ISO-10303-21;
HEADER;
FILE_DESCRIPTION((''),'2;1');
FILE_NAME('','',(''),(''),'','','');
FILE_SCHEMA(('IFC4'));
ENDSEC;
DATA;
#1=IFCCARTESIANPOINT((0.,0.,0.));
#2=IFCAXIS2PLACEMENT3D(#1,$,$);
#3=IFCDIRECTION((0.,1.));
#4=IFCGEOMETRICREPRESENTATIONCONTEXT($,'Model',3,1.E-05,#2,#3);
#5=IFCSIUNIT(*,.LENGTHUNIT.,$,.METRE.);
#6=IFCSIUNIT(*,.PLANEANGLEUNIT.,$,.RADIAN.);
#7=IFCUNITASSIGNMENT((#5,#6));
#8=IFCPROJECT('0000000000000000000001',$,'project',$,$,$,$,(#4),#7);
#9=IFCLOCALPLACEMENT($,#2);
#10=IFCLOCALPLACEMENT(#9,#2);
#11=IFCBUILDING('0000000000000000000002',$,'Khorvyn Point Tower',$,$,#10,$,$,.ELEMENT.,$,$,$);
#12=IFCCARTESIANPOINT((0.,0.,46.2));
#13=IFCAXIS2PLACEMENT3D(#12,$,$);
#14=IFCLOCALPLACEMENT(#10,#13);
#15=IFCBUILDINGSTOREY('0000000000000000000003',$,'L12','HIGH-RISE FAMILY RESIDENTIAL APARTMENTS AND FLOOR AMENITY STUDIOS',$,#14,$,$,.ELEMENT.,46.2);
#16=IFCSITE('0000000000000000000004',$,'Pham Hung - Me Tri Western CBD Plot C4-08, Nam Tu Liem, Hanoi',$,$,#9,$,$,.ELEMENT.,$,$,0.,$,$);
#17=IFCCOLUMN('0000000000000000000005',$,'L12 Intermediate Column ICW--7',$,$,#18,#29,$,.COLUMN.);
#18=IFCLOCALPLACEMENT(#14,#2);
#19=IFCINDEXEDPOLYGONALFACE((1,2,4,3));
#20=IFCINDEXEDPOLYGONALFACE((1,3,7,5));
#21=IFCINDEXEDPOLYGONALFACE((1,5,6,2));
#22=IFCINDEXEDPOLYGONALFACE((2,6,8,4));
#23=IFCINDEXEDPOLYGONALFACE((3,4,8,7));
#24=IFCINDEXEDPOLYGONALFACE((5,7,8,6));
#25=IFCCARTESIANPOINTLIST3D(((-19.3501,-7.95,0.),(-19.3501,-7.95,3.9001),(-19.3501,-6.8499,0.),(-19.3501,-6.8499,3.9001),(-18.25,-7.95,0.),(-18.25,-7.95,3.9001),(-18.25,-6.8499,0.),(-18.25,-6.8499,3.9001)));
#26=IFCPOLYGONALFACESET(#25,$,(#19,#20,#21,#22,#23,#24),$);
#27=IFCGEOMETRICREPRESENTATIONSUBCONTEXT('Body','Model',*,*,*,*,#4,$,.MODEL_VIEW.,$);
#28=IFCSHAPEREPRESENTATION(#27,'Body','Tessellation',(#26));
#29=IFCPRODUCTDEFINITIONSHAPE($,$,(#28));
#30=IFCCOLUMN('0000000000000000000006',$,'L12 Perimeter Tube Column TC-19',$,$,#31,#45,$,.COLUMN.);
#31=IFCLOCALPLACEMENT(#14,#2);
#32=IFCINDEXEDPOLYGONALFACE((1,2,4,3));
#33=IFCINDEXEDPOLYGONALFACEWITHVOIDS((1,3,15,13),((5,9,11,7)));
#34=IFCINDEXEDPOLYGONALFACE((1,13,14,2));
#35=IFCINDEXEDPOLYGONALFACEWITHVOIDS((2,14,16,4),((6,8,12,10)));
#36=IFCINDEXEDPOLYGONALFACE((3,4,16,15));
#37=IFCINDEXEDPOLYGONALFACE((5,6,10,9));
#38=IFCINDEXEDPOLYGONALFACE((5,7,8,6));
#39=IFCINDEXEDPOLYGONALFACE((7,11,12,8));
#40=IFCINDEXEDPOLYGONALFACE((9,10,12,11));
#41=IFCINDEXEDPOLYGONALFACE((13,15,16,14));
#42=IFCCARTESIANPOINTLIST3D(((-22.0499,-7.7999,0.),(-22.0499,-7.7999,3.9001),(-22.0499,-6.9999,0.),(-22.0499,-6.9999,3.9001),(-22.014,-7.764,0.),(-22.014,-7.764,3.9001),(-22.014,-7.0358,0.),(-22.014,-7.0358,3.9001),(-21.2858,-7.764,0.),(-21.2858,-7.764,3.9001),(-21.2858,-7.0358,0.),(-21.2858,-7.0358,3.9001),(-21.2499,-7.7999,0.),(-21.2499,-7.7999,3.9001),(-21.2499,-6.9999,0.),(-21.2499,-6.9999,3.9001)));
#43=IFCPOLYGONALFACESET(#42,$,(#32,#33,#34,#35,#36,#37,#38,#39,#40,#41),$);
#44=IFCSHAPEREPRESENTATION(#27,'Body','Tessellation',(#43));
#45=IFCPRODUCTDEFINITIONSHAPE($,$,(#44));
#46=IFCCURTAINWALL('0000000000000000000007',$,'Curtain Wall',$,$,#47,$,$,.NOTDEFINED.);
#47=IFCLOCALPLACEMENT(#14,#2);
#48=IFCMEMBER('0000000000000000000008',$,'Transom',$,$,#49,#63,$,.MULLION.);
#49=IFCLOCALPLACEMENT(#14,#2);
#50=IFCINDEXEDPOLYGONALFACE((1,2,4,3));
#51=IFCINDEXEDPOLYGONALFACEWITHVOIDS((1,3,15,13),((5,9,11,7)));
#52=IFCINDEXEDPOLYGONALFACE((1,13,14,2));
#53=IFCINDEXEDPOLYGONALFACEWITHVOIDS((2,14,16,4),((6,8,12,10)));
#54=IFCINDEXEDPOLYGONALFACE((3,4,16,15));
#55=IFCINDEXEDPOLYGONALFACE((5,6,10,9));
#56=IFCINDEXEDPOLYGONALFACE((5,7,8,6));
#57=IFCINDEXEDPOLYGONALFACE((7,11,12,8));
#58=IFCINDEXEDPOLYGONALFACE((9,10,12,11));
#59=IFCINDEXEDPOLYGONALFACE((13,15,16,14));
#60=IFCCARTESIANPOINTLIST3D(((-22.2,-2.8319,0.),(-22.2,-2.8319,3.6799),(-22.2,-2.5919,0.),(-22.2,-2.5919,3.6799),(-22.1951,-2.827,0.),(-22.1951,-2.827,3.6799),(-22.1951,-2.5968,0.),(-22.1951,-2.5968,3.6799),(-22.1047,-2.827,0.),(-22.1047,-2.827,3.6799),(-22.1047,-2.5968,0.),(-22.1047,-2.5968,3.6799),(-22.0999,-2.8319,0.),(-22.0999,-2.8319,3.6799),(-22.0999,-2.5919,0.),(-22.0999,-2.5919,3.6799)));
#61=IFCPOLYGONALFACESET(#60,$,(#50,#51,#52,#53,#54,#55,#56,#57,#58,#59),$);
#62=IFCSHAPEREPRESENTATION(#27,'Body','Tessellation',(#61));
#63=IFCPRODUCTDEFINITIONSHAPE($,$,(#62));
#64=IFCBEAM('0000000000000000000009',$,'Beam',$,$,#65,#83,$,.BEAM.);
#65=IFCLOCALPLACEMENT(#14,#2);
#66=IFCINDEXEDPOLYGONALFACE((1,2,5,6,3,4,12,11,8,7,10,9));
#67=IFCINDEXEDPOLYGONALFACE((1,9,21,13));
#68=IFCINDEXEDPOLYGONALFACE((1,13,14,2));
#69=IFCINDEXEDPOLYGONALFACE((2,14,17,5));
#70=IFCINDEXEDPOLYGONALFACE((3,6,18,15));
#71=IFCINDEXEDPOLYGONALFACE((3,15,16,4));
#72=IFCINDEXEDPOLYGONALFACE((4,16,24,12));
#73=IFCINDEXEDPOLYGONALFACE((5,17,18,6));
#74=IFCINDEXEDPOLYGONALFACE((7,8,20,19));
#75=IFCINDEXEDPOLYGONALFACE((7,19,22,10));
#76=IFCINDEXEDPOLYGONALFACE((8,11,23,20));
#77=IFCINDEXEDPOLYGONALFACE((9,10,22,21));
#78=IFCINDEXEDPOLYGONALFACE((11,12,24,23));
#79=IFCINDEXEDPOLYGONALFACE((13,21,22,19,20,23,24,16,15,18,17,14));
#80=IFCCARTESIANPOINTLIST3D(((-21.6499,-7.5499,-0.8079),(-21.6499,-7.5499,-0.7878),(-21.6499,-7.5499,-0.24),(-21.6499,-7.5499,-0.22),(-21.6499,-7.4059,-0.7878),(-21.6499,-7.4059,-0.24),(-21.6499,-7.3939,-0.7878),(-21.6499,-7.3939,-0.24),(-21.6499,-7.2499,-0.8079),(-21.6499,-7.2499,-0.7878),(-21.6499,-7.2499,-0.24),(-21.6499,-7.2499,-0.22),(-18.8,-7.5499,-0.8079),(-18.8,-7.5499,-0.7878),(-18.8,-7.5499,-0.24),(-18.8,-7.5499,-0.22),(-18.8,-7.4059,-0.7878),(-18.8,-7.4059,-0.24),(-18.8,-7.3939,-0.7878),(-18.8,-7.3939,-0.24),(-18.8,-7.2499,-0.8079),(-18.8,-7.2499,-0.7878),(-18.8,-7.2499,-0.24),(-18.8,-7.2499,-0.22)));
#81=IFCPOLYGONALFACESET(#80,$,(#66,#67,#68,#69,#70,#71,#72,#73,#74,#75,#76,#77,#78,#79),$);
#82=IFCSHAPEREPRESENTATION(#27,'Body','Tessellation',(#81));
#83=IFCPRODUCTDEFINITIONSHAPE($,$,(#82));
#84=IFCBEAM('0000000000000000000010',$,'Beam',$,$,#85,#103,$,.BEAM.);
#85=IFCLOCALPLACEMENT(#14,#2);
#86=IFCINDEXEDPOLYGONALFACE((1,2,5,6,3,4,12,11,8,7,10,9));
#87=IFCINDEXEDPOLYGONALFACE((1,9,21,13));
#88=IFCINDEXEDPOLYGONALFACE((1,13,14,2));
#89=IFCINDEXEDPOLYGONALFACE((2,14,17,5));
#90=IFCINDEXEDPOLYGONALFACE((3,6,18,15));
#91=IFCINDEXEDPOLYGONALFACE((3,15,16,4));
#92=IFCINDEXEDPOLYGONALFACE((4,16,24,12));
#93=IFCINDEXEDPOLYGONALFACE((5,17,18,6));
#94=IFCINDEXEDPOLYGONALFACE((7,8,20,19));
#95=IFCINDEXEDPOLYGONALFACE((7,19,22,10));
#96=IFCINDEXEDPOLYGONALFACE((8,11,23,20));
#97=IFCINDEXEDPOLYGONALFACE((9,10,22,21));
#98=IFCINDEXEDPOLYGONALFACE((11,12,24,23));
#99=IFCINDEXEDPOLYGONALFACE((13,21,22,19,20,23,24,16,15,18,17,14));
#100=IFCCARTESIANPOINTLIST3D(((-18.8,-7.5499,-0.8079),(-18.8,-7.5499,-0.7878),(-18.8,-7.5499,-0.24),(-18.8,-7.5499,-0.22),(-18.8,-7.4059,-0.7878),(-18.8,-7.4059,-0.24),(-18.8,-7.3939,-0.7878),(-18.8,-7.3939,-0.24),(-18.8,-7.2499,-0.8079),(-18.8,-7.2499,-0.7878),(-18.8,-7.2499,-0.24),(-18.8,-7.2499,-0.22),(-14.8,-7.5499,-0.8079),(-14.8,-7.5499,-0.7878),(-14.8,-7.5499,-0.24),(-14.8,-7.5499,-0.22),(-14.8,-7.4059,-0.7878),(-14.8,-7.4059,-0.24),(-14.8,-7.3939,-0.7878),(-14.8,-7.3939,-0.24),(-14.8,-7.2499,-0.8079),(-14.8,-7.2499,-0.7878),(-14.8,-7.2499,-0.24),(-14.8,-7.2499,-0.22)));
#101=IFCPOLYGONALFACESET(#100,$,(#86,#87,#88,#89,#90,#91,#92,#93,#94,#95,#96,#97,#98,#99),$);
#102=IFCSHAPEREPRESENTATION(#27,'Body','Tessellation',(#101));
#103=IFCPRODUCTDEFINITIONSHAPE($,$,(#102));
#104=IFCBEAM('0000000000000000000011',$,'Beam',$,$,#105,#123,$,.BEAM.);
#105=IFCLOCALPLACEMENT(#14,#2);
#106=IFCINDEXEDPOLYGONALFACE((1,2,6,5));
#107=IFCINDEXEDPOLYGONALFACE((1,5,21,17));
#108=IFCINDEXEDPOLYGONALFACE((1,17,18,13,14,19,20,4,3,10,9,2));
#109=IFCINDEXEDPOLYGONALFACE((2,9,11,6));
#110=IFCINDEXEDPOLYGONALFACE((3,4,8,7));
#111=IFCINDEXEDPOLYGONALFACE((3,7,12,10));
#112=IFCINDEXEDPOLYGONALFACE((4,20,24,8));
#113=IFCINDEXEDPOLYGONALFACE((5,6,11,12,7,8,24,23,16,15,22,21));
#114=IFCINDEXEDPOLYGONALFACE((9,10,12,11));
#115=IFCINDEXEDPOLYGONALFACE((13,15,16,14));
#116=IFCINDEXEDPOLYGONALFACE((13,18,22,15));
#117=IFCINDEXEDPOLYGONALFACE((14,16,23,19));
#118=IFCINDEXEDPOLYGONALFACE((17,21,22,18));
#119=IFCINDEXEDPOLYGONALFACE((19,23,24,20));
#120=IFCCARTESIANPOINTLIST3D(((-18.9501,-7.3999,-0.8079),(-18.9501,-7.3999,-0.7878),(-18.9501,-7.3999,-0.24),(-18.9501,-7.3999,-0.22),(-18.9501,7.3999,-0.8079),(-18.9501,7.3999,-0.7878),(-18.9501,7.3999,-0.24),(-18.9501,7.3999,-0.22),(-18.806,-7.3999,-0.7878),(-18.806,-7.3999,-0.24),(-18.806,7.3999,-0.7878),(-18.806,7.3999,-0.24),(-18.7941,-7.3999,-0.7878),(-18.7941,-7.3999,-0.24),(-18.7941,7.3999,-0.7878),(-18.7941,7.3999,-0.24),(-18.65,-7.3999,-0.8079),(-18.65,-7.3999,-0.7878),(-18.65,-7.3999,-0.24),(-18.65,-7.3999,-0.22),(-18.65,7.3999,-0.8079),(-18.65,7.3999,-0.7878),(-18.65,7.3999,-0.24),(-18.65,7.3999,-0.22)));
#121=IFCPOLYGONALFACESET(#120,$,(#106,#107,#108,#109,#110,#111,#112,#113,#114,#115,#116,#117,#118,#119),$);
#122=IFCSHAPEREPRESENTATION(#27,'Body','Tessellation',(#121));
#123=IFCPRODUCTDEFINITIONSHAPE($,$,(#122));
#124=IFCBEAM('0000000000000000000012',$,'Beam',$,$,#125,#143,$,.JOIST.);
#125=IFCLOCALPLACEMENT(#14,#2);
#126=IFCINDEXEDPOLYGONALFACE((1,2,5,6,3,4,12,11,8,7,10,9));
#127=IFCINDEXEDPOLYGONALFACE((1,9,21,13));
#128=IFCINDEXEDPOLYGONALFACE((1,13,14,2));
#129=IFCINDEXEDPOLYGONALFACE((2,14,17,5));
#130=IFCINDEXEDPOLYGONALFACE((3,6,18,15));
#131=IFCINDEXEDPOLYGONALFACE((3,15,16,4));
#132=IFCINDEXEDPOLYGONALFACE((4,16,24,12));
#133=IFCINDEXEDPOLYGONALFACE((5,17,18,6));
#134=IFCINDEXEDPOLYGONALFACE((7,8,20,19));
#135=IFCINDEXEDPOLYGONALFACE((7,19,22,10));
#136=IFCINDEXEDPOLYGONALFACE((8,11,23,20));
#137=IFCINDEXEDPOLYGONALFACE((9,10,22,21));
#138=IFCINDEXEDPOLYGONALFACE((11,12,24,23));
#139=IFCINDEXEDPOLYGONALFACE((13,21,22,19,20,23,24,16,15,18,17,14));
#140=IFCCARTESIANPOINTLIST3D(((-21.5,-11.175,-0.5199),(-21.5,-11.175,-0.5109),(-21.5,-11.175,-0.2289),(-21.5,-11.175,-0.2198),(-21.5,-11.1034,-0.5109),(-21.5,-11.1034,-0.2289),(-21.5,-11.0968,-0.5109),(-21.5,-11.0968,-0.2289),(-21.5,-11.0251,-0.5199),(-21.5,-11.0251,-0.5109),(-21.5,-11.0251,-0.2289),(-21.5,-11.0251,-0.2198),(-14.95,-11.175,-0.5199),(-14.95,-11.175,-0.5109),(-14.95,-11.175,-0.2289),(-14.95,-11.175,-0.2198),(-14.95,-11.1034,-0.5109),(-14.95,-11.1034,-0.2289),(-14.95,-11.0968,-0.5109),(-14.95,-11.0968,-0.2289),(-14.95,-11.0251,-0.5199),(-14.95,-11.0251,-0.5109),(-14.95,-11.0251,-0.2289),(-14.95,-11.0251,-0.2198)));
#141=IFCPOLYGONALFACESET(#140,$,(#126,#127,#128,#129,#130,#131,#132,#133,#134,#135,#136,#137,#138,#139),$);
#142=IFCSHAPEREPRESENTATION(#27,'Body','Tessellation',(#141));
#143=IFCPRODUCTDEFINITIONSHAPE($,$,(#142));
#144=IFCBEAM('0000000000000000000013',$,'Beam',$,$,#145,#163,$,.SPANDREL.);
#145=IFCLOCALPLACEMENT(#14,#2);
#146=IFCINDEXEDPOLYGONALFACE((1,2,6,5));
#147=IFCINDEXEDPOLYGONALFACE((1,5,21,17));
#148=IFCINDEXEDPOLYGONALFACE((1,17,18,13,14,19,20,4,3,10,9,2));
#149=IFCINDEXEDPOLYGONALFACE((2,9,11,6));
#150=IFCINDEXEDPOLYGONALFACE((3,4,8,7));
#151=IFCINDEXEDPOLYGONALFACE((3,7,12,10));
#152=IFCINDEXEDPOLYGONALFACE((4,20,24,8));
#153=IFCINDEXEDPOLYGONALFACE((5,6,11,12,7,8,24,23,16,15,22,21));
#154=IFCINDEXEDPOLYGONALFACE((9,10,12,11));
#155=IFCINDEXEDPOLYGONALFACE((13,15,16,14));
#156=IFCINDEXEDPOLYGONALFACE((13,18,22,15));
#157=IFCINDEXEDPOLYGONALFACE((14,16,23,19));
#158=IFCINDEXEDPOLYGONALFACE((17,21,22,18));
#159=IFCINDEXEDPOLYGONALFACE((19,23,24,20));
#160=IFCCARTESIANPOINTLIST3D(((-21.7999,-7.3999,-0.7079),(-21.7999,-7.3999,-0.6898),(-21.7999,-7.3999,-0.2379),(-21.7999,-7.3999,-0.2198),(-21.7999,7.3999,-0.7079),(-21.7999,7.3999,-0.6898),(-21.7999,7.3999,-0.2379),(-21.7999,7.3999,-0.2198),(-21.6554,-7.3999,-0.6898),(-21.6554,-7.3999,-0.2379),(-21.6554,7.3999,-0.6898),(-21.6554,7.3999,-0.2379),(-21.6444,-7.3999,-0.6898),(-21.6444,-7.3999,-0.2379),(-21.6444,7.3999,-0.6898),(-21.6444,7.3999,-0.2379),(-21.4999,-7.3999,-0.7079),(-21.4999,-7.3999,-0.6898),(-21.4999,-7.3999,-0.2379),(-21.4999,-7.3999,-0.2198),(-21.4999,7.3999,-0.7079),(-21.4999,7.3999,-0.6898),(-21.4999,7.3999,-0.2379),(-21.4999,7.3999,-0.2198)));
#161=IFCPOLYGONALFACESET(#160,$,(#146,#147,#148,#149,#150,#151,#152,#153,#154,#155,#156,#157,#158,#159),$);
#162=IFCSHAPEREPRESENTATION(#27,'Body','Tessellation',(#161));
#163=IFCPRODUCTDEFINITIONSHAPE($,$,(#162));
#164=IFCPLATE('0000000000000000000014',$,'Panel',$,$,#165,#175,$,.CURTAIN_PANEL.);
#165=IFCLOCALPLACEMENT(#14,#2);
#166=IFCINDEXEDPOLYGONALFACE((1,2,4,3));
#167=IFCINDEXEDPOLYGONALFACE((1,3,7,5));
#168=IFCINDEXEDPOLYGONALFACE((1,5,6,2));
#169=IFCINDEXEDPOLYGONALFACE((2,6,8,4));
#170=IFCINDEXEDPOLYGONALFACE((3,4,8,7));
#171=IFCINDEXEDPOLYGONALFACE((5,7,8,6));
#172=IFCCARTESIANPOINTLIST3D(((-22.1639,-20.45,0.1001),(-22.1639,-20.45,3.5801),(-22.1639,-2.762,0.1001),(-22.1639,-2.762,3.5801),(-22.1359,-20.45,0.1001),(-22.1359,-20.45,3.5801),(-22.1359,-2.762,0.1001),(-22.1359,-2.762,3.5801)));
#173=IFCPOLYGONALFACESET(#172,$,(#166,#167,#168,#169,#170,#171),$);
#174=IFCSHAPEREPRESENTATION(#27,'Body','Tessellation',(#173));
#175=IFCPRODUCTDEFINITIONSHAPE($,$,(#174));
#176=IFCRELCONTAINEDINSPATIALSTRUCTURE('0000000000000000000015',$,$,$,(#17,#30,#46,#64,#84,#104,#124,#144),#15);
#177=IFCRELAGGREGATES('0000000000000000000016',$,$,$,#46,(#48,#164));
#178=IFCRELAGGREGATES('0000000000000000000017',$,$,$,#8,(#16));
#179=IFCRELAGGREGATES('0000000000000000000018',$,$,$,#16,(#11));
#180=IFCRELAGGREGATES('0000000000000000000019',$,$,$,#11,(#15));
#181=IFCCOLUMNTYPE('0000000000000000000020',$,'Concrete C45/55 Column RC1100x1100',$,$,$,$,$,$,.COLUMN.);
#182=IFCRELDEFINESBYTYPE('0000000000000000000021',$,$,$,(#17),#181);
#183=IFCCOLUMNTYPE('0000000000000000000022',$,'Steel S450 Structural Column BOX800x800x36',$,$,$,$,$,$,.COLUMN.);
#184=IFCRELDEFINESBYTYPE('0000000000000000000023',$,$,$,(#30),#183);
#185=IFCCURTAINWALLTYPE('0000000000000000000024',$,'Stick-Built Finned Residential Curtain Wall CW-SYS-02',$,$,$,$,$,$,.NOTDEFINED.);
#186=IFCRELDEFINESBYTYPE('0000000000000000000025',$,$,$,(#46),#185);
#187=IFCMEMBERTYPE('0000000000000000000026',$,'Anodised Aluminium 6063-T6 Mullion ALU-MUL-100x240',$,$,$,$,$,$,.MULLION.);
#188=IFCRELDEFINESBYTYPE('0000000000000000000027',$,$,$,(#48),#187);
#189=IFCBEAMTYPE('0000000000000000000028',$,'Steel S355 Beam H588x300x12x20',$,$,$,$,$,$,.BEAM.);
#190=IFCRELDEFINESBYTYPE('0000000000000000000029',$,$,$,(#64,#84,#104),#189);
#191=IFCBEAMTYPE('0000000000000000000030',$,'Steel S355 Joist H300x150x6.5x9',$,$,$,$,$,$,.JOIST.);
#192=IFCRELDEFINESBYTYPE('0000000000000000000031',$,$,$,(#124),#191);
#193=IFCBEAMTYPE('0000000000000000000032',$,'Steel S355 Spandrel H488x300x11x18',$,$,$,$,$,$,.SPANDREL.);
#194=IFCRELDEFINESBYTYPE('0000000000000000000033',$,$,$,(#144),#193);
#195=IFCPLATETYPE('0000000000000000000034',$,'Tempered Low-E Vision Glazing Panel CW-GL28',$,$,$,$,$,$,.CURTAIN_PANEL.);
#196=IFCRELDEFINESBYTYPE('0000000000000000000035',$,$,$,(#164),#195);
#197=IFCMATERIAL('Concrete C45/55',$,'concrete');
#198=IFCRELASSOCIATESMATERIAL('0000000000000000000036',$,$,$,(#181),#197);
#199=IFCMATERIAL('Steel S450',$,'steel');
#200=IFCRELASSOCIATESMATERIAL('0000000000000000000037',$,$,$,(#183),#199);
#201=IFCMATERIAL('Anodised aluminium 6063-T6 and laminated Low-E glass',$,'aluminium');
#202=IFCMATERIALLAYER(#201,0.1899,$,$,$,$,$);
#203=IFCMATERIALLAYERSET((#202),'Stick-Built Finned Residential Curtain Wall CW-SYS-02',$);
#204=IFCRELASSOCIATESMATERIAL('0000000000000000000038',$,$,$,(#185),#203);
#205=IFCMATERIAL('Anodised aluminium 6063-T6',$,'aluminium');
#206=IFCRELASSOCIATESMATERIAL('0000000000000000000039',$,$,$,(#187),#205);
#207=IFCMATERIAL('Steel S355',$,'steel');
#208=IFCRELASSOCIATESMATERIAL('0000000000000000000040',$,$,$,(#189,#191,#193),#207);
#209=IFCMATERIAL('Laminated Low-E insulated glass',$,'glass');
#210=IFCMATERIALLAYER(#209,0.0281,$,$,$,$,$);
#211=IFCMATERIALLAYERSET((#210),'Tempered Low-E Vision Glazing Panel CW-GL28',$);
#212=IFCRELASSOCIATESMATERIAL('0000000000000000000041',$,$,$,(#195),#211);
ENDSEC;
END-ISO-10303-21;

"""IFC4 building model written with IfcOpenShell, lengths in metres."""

from ifc_helpers import new_model, si_unit, direction, frame, origin, origin_2d, place, context, subcontext, project, spatial, rectangle, hollow_rectangle, i_section, extrude, material, layer, layer_set, material_profile, profile_set, type_object, element, aggregate, save


model = new_model("IFC4")

# Units and contexts
model_context = context("Model", 3, precision=1e-05, world=origin(), true_north=direction((0.0, 1.0)))
body_context = subcontext(model_context, "Body", "Model", "MODEL_VIEW")
ifc_project = project(units=[si_unit("LENGTHUNIT", "METRE"), si_unit("PLANEANGLEUNIT", "RADIAN")], contexts=[model_context])

# Site, building, storey
site_placement = place(None, origin())
site = spatial("IfcSite", under=ifc_project, at=site_placement, Name="Pham Hung - Me Tri Western CBD Plot C4-08, Nam Tu Liem, Hanoi", CompositionType="ELEMENT", RefElevation=0.0)
building_placement = place(site_placement, origin())
building = spatial("IfcBuilding", under=site, at=building_placement, Name="Khorvyn Point Tower", CompositionType="ELEMENT")
storey_placement = place(building_placement, frame((0.0, 0.0, 46.2)))
storey = spatial("IfcBuildingStorey", under=building, at=storey_placement, Name="L12", Description="HIGH-RISE FAMILY RESIDENTIAL APARTMENTS AND FLOOR AMENITY STUDIOS", CompositionType="ELEMENT", Elevation=46.2)

# Columns
ifc_material_1 = material(Name="Concrete C45/55", Category="concrete")
ifc_material_profile_1 = material_profile(ifc_material_1, rectangle(XDim=1.1001, YDim=1.1001, at=origin_2d()))
ifc_profile_set_1 = profile_set([ifc_material_profile_1], Name="Concrete C45/55 RC1100x1100")
column_type_1 = type_object("IfcColumnType", Name="Concrete C45/55 Column RC1100x1100", PredefinedType="COLUMN", material=ifc_profile_set_1)
column_1_placement = place(storey_placement, frame((-18.8, -7.3999, 0.0), z_axis=(0.0, 0.0, 1.0), x_axis=(1.0, 0.0, 0.0)))
element("IfcColumn", 1, at=column_1_placement, inside=storey, type_object=column_type_1, Name="L12 Intermediate Column ICW--7", PredefinedType="COLUMN", context=body_context, shape_type="SweptSolid", body=[
    extrude(rectangle(XDim=1.1001, YDim=1.1001, at=origin_2d()), origin(), (0.0, 0.0, 1.0), 3.9001),
])
ifc_material_2 = material(Name="Steel S450", Category="steel")
ifc_material_profile_2 = material_profile(ifc_material_2, hollow_rectangle(XDim=0.8, YDim=0.8, WallThickness=0.0359, at=origin_2d()))
ifc_profile_set_2 = profile_set([ifc_material_profile_2], Name="Steel S450 BOX800x800x36")
column_type_2 = type_object("IfcColumnType", Name="Steel S450 Structural Column BOX800x800x36", PredefinedType="COLUMN", material=ifc_profile_set_2)
column_2_placement = place(storey_placement, frame((-21.6499, -7.3999, 0.0), z_axis=(0.0, 0.0, 1.0), x_axis=(1.0, 0.0, 0.0)))
element("IfcColumn", 2, at=column_2_placement, inside=storey, type_object=column_type_2, Name="L12 Perimeter Tube Column TC-19", PredefinedType="COLUMN", context=body_context, shape_type="SweptSolid", body=[
    extrude(hollow_rectangle(XDim=0.8, YDim=0.8, WallThickness=0.0359, at=origin_2d()), origin(), (0.0, 0.0, 1.0), 3.9001),
])

# Curtain wall, member
ifc_material_3 = material(Name="Anodised aluminium 6063-T6 and laminated Low-E glass", Category="aluminium")
ifc_layer_1 = layer(ifc_material_3, 0.1899)
ifc_layer_set_1 = layer_set([ifc_layer_1], Name="Stick-Built Finned Residential Curtain Wall CW-SYS-02")
curtain_wall_type = type_object("IfcCurtainWallType", Name="Stick-Built Finned Residential Curtain Wall CW-SYS-02", PredefinedType="NOTDEFINED", material=ifc_layer_set_1)
curtain_wall_placement = place(storey_placement, origin())
curtain_wall = element("IfcCurtainWall", 3, at=curtain_wall_placement, inside=storey, type_object=curtain_wall_type, Name="Curtain Wall", PredefinedType="NOTDEFINED")
ifc_material_4 = material(Name="Anodised aluminium 6063-T6", Category="aluminium")
ifc_material_profile_3 = material_profile(ifc_material_4, hollow_rectangle(XDim=0.1001, YDim=0.24, WallThickness=0.0049, at=origin_2d()))
ifc_profile_set_3 = profile_set([ifc_material_profile_3], Name="Anodised aluminium 6063-T6 ALU-MUL-100x240")
member_type = type_object("IfcMemberType", Name="Anodised Aluminium 6063-T6 Mullion ALU-MUL-100x240", PredefinedType="MULLION", material=ifc_profile_set_3)
member_placement = place(storey_placement, frame((-22.1499, -2.7119, 0.0), z_axis=(0.0, 0.0, 1.0), x_axis=(-1.0, 0.0, 0.0)))
member = element("IfcMember", 4, at=member_placement, type_object=member_type, Name="Transom", PredefinedType="MULLION", context=body_context, shape_type="SweptSolid", body=[
    extrude(hollow_rectangle(XDim=0.1001, YDim=0.24, WallThickness=0.0049, at=origin_2d()), origin(), (0.0, 0.0, 1.0), 3.6799),
])

# Beams
ifc_material_5 = material(Name="Steel S355", Category="steel")
ifc_material_profile_4 = material_profile(ifc_material_5, i_section(OverallWidth=0.3, OverallDepth=0.5879, WebThickness=0.012, FlangeThickness=0.02, at=origin_2d()))
ifc_profile_set_4 = profile_set([ifc_material_profile_4], Name="Steel S355 H588x300x12x20")
beam_type_1 = type_object("IfcBeamType", Name="Steel S355 Beam H588x300x12x20", PredefinedType="BEAM", material=ifc_profile_set_4)
beam_1_placement = place(storey_placement, frame((-21.6499, -7.3999, -0.5139), z_axis=(1.0, 0.0, 0.0), x_axis=(0.0, 1.0, 0.0)))
element("IfcBeam", 5, at=beam_1_placement, inside=storey, type_object=beam_type_1, Name="Beam", PredefinedType="BEAM", context=body_context, shape_type="SweptSolid", body=[
    extrude(i_section(OverallWidth=0.3, OverallDepth=0.5879, WebThickness=0.012, FlangeThickness=0.02, at=origin_2d()), origin(), (0.0, 0.0, 1.0), 2.8499),
])
beam_2_placement = place(storey_placement, frame((-18.8, -7.3999, -0.5139), z_axis=(1.0, 0.0, 0.0), x_axis=(0.0, 1.0, 0.0)))
element("IfcBeam", 6, at=beam_2_placement, inside=storey, type_object=beam_type_1, Name="Beam", PredefinedType="BEAM", context=body_context, shape_type="SweptSolid", body=[
    extrude(i_section(OverallWidth=0.3, OverallDepth=0.5879, WebThickness=0.012, FlangeThickness=0.02, at=origin_2d()), origin(), (0.0, 0.0, 1.0), 4.0),
])
beam_3_placement = place(storey_placement, frame((-18.8, -7.3999, -0.5139), z_axis=(0.0, 1.0, 0.0), x_axis=(-1.0, 0.0, 0.0)))
element("IfcBeam", 7, at=beam_3_placement, inside=storey, type_object=beam_type_1, Name="Beam", PredefinedType="BEAM", context=body_context, shape_type="SweptSolid", body=[
    extrude(i_section(OverallWidth=0.3, OverallDepth=0.5879, WebThickness=0.012, FlangeThickness=0.02, at=origin_2d()), origin(), (0.0, 0.0, 1.0), 14.7998),
])
ifc_material_profile_5 = material_profile(ifc_material_5, i_section(OverallWidth=0.1499, OverallDepth=0.3, WebThickness=0.0066, FlangeThickness=0.009, at=origin_2d()))
ifc_profile_set_5 = profile_set([ifc_material_profile_5], Name="Steel S355 H300x150x6.5x9")
beam_type_2 = type_object("IfcBeamType", Name="Steel S355 Joist H300x150x6.5x9", PredefinedType="JOIST", material=ifc_profile_set_5)
beam_4_placement = place(storey_placement, frame((-21.5, -11.1001, -0.3699), z_axis=(1.0, 0.0, 0.0), x_axis=(0.0, 1.0, 0.0)))
element("IfcBeam", 8, at=beam_4_placement, inside=storey, type_object=beam_type_2, Name="Beam", PredefinedType="JOIST", context=body_context, shape_type="SweptSolid", body=[
    extrude(i_section(OverallWidth=0.1499, OverallDepth=0.3, WebThickness=0.0066, FlangeThickness=0.009, at=origin_2d()), origin(), (0.0, 0.0, 1.0), 6.55),
])
ifc_material_profile_6 = material_profile(ifc_material_5, i_section(OverallWidth=0.3, OverallDepth=0.488, WebThickness=0.011, FlangeThickness=0.0181, at=origin_2d()))
ifc_profile_set_6 = profile_set([ifc_material_profile_6], Name="Steel S355 H488x300x11x18")
beam_type_3 = type_object("IfcBeamType", Name="Steel S355 Spandrel H488x300x11x18", PredefinedType="SPANDREL", material=ifc_profile_set_6)
beam_5_placement = place(storey_placement, frame((-21.6499, -7.3999, -0.4639), z_axis=(0.0, 1.0, 0.0), x_axis=(-1.0, 0.0, 0.0)))
element("IfcBeam", 9, at=beam_5_placement, inside=storey, type_object=beam_type_3, Name="Beam", PredefinedType="SPANDREL", context=body_context, shape_type="SweptSolid", body=[
    extrude(i_section(OverallWidth=0.3, OverallDepth=0.488, WebThickness=0.011, FlangeThickness=0.0181, at=origin_2d()), origin(), (0.0, 0.0, 1.0), 14.7998),
])

# Plate
ifc_material_6 = material(Name="Laminated Low-E insulated glass", Category="glass")
ifc_layer_2 = layer(ifc_material_6, 0.0281)
ifc_layer_set_2 = layer_set([ifc_layer_2], Name="Tempered Low-E Vision Glazing Panel CW-GL28")
plate_type = type_object("IfcPlateType", Name="Tempered Low-E Vision Glazing Panel CW-GL28", PredefinedType="CURTAIN_PANEL", material=ifc_layer_set_2)
plate_placement = place(storey_placement, frame((-22.1499, -11.606, 0.1001), z_axis=(0.0, 0.0, 1.0), x_axis=(0.0, 1.0, 0.0)))
plate = element("IfcPlate", 10, at=plate_placement, type_object=plate_type, Name="Panel", PredefinedType="CURTAIN_PANEL", context=body_context, shape_type="SweptSolid", body=[
    extrude(rectangle(XDim=17.688, YDim=0.0281, at=origin_2d()), origin(), (0.0, 0.0, 1.0), 3.48),
])
aggregate(curtain_wall, [member, plate])

save(model, "model.ifc")
